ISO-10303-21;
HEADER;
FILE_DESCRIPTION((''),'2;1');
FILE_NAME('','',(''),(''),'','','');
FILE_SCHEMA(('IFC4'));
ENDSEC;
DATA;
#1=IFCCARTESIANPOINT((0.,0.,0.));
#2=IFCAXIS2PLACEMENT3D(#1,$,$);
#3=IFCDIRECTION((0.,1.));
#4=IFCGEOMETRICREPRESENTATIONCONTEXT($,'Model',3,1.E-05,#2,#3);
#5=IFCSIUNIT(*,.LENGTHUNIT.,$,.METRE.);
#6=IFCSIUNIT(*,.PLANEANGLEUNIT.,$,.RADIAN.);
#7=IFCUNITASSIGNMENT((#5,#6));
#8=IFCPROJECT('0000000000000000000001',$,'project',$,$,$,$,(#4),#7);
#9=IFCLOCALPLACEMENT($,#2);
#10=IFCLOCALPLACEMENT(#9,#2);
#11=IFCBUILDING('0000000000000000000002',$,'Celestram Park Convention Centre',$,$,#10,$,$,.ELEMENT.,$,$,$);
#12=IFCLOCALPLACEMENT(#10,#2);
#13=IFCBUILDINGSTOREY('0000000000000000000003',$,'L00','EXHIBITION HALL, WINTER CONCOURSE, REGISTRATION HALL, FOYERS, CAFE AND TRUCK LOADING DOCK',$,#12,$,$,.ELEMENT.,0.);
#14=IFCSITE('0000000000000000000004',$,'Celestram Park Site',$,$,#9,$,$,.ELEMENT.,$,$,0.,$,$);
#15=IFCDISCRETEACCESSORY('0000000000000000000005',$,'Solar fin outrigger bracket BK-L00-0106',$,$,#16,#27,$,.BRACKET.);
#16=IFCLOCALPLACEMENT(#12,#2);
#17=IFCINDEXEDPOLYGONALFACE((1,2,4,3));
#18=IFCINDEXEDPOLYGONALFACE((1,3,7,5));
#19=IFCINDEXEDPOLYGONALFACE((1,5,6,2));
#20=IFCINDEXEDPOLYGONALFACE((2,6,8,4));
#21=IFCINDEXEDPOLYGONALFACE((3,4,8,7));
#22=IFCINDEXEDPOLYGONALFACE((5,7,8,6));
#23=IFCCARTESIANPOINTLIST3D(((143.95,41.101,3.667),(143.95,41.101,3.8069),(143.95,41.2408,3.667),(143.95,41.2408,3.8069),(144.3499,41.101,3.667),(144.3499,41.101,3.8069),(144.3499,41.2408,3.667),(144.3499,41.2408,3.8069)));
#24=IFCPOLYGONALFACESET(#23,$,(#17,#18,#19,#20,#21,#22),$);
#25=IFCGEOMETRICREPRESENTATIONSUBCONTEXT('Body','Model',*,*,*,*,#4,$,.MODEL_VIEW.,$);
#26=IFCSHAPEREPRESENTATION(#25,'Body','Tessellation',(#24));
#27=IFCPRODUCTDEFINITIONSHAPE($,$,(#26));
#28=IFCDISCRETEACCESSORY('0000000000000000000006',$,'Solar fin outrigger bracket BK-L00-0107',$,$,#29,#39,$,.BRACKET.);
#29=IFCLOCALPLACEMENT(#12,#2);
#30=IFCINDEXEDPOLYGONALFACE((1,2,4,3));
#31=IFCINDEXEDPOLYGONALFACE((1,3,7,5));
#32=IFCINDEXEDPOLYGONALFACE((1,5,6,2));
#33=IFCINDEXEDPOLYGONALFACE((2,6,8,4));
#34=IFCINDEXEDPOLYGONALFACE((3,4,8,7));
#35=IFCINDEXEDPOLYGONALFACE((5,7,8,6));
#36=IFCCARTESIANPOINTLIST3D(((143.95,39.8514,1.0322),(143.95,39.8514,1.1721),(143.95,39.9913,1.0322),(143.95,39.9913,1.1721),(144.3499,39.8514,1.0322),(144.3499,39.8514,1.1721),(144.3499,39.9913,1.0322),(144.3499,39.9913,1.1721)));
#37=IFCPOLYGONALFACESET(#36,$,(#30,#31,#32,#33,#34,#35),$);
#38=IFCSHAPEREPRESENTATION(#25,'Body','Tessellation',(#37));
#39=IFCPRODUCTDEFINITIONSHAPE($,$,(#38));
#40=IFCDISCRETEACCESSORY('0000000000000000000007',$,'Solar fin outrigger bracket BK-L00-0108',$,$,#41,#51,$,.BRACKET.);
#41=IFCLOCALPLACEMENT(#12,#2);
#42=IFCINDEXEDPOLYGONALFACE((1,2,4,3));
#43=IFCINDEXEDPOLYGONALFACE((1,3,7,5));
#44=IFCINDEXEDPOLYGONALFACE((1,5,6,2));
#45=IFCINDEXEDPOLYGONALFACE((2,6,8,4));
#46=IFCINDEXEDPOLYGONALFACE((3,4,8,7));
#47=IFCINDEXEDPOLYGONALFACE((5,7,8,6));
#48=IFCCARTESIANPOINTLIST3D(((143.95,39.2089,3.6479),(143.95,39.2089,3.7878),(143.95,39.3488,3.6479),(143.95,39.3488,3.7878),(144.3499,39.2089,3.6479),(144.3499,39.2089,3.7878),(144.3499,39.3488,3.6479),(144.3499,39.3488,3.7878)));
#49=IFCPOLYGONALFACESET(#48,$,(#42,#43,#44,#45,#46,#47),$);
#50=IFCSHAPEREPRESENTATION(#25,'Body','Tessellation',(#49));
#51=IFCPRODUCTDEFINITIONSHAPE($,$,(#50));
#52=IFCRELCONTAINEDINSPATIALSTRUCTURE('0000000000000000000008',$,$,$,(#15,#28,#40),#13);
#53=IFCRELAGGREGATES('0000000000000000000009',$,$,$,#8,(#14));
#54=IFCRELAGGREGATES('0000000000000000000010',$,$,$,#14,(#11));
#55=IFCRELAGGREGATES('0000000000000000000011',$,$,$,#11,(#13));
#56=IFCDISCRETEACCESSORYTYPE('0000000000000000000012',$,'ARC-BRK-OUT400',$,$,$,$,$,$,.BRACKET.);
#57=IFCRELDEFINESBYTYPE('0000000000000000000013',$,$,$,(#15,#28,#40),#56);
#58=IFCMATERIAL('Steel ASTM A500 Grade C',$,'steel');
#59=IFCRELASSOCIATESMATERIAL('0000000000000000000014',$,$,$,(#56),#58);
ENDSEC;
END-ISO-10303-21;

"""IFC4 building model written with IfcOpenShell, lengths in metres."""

from ifc_helpers import new_model, si_unit, direction, frame, origin, origin_2d, place, context, subcontext, project, spatial, rectangle, extrude, material, type_object, element, save


model = new_model("IFC4")

# Units and contexts
model_context = context("Model", 3, precision=1e-05, world=origin(), true_north=direction((0.0, 1.0)))
body_context = subcontext(model_context, "Body", "Model", "MODEL_VIEW")
ifc_project = project(units=[si_unit("LENGTHUNIT", "METRE"), si_unit("PLANEANGLEUNIT", "RADIAN")], contexts=[model_context])

# Site, building, storey
site_placement = place(None, origin())
site = spatial("IfcSite", under=ifc_project, at=site_placement, Name="Celestram Park Site", CompositionType="ELEMENT", RefElevation=0.0)
building_placement = place(site_placement, origin())
building = spatial("IfcBuilding", under=site, at=building_placement, Name="Celestram Park Convention Centre", CompositionType="ELEMENT")
storey_placement = place(building_placement, origin())
storey = spatial("IfcBuildingStorey", under=building, at=storey_placement, Name="L00", Description="EXHIBITION HALL, WINTER CONCOURSE, REGISTRATION HALL, FOYERS, CAFE AND TRUCK LOADING DOCK", CompositionType="ELEMENT", Elevation=0.0)

# Shared definitions
ifc_material_1 = material(Name="Steel ASTM A500 Grade C", Category="steel")

# Discrete accessories
discrete_accessory_type = type_object("IfcDiscreteAccessoryType", Name="ARC-BRK-OUT400", PredefinedType="BRACKET", material=ifc_material_1)
for number, where, z_axis, x_axis, name in (
    (1, (144.1499, 41.1709, 3.667), (0.0, 0.0, 1.0), (1.0, 0.0, 0.0), "Solar fin outrigger bracket BK-L00-0106"),
    (2, (144.1499, 39.9214, 1.0322), (0.0, 0.0, 1.0), (1.0, 0.0, 0.0), "Solar fin outrigger bracket BK-L00-0107"),
    (3, (144.1499, 39.2788, 3.6479), (0.0, 0.0, 1.0), (1.0, 0.0, 0.0), "Solar fin outrigger bracket BK-L00-0108"),
):
    element("IfcDiscreteAccessory", number, at=place(storey_placement, frame(where, z_axis=z_axis, x_axis=x_axis)), inside=storey, type_object=discrete_accessory_type, Name=name, PredefinedType="BRACKET", context=body_context, shape_type="SweptSolid", body=[
        extrude(rectangle(XDim=0.3999, YDim=0.1399, at=origin_2d()), origin(), (0.0, 0.0, 1.0), 0.1399),
    ])

save(model, "model.ifc")
